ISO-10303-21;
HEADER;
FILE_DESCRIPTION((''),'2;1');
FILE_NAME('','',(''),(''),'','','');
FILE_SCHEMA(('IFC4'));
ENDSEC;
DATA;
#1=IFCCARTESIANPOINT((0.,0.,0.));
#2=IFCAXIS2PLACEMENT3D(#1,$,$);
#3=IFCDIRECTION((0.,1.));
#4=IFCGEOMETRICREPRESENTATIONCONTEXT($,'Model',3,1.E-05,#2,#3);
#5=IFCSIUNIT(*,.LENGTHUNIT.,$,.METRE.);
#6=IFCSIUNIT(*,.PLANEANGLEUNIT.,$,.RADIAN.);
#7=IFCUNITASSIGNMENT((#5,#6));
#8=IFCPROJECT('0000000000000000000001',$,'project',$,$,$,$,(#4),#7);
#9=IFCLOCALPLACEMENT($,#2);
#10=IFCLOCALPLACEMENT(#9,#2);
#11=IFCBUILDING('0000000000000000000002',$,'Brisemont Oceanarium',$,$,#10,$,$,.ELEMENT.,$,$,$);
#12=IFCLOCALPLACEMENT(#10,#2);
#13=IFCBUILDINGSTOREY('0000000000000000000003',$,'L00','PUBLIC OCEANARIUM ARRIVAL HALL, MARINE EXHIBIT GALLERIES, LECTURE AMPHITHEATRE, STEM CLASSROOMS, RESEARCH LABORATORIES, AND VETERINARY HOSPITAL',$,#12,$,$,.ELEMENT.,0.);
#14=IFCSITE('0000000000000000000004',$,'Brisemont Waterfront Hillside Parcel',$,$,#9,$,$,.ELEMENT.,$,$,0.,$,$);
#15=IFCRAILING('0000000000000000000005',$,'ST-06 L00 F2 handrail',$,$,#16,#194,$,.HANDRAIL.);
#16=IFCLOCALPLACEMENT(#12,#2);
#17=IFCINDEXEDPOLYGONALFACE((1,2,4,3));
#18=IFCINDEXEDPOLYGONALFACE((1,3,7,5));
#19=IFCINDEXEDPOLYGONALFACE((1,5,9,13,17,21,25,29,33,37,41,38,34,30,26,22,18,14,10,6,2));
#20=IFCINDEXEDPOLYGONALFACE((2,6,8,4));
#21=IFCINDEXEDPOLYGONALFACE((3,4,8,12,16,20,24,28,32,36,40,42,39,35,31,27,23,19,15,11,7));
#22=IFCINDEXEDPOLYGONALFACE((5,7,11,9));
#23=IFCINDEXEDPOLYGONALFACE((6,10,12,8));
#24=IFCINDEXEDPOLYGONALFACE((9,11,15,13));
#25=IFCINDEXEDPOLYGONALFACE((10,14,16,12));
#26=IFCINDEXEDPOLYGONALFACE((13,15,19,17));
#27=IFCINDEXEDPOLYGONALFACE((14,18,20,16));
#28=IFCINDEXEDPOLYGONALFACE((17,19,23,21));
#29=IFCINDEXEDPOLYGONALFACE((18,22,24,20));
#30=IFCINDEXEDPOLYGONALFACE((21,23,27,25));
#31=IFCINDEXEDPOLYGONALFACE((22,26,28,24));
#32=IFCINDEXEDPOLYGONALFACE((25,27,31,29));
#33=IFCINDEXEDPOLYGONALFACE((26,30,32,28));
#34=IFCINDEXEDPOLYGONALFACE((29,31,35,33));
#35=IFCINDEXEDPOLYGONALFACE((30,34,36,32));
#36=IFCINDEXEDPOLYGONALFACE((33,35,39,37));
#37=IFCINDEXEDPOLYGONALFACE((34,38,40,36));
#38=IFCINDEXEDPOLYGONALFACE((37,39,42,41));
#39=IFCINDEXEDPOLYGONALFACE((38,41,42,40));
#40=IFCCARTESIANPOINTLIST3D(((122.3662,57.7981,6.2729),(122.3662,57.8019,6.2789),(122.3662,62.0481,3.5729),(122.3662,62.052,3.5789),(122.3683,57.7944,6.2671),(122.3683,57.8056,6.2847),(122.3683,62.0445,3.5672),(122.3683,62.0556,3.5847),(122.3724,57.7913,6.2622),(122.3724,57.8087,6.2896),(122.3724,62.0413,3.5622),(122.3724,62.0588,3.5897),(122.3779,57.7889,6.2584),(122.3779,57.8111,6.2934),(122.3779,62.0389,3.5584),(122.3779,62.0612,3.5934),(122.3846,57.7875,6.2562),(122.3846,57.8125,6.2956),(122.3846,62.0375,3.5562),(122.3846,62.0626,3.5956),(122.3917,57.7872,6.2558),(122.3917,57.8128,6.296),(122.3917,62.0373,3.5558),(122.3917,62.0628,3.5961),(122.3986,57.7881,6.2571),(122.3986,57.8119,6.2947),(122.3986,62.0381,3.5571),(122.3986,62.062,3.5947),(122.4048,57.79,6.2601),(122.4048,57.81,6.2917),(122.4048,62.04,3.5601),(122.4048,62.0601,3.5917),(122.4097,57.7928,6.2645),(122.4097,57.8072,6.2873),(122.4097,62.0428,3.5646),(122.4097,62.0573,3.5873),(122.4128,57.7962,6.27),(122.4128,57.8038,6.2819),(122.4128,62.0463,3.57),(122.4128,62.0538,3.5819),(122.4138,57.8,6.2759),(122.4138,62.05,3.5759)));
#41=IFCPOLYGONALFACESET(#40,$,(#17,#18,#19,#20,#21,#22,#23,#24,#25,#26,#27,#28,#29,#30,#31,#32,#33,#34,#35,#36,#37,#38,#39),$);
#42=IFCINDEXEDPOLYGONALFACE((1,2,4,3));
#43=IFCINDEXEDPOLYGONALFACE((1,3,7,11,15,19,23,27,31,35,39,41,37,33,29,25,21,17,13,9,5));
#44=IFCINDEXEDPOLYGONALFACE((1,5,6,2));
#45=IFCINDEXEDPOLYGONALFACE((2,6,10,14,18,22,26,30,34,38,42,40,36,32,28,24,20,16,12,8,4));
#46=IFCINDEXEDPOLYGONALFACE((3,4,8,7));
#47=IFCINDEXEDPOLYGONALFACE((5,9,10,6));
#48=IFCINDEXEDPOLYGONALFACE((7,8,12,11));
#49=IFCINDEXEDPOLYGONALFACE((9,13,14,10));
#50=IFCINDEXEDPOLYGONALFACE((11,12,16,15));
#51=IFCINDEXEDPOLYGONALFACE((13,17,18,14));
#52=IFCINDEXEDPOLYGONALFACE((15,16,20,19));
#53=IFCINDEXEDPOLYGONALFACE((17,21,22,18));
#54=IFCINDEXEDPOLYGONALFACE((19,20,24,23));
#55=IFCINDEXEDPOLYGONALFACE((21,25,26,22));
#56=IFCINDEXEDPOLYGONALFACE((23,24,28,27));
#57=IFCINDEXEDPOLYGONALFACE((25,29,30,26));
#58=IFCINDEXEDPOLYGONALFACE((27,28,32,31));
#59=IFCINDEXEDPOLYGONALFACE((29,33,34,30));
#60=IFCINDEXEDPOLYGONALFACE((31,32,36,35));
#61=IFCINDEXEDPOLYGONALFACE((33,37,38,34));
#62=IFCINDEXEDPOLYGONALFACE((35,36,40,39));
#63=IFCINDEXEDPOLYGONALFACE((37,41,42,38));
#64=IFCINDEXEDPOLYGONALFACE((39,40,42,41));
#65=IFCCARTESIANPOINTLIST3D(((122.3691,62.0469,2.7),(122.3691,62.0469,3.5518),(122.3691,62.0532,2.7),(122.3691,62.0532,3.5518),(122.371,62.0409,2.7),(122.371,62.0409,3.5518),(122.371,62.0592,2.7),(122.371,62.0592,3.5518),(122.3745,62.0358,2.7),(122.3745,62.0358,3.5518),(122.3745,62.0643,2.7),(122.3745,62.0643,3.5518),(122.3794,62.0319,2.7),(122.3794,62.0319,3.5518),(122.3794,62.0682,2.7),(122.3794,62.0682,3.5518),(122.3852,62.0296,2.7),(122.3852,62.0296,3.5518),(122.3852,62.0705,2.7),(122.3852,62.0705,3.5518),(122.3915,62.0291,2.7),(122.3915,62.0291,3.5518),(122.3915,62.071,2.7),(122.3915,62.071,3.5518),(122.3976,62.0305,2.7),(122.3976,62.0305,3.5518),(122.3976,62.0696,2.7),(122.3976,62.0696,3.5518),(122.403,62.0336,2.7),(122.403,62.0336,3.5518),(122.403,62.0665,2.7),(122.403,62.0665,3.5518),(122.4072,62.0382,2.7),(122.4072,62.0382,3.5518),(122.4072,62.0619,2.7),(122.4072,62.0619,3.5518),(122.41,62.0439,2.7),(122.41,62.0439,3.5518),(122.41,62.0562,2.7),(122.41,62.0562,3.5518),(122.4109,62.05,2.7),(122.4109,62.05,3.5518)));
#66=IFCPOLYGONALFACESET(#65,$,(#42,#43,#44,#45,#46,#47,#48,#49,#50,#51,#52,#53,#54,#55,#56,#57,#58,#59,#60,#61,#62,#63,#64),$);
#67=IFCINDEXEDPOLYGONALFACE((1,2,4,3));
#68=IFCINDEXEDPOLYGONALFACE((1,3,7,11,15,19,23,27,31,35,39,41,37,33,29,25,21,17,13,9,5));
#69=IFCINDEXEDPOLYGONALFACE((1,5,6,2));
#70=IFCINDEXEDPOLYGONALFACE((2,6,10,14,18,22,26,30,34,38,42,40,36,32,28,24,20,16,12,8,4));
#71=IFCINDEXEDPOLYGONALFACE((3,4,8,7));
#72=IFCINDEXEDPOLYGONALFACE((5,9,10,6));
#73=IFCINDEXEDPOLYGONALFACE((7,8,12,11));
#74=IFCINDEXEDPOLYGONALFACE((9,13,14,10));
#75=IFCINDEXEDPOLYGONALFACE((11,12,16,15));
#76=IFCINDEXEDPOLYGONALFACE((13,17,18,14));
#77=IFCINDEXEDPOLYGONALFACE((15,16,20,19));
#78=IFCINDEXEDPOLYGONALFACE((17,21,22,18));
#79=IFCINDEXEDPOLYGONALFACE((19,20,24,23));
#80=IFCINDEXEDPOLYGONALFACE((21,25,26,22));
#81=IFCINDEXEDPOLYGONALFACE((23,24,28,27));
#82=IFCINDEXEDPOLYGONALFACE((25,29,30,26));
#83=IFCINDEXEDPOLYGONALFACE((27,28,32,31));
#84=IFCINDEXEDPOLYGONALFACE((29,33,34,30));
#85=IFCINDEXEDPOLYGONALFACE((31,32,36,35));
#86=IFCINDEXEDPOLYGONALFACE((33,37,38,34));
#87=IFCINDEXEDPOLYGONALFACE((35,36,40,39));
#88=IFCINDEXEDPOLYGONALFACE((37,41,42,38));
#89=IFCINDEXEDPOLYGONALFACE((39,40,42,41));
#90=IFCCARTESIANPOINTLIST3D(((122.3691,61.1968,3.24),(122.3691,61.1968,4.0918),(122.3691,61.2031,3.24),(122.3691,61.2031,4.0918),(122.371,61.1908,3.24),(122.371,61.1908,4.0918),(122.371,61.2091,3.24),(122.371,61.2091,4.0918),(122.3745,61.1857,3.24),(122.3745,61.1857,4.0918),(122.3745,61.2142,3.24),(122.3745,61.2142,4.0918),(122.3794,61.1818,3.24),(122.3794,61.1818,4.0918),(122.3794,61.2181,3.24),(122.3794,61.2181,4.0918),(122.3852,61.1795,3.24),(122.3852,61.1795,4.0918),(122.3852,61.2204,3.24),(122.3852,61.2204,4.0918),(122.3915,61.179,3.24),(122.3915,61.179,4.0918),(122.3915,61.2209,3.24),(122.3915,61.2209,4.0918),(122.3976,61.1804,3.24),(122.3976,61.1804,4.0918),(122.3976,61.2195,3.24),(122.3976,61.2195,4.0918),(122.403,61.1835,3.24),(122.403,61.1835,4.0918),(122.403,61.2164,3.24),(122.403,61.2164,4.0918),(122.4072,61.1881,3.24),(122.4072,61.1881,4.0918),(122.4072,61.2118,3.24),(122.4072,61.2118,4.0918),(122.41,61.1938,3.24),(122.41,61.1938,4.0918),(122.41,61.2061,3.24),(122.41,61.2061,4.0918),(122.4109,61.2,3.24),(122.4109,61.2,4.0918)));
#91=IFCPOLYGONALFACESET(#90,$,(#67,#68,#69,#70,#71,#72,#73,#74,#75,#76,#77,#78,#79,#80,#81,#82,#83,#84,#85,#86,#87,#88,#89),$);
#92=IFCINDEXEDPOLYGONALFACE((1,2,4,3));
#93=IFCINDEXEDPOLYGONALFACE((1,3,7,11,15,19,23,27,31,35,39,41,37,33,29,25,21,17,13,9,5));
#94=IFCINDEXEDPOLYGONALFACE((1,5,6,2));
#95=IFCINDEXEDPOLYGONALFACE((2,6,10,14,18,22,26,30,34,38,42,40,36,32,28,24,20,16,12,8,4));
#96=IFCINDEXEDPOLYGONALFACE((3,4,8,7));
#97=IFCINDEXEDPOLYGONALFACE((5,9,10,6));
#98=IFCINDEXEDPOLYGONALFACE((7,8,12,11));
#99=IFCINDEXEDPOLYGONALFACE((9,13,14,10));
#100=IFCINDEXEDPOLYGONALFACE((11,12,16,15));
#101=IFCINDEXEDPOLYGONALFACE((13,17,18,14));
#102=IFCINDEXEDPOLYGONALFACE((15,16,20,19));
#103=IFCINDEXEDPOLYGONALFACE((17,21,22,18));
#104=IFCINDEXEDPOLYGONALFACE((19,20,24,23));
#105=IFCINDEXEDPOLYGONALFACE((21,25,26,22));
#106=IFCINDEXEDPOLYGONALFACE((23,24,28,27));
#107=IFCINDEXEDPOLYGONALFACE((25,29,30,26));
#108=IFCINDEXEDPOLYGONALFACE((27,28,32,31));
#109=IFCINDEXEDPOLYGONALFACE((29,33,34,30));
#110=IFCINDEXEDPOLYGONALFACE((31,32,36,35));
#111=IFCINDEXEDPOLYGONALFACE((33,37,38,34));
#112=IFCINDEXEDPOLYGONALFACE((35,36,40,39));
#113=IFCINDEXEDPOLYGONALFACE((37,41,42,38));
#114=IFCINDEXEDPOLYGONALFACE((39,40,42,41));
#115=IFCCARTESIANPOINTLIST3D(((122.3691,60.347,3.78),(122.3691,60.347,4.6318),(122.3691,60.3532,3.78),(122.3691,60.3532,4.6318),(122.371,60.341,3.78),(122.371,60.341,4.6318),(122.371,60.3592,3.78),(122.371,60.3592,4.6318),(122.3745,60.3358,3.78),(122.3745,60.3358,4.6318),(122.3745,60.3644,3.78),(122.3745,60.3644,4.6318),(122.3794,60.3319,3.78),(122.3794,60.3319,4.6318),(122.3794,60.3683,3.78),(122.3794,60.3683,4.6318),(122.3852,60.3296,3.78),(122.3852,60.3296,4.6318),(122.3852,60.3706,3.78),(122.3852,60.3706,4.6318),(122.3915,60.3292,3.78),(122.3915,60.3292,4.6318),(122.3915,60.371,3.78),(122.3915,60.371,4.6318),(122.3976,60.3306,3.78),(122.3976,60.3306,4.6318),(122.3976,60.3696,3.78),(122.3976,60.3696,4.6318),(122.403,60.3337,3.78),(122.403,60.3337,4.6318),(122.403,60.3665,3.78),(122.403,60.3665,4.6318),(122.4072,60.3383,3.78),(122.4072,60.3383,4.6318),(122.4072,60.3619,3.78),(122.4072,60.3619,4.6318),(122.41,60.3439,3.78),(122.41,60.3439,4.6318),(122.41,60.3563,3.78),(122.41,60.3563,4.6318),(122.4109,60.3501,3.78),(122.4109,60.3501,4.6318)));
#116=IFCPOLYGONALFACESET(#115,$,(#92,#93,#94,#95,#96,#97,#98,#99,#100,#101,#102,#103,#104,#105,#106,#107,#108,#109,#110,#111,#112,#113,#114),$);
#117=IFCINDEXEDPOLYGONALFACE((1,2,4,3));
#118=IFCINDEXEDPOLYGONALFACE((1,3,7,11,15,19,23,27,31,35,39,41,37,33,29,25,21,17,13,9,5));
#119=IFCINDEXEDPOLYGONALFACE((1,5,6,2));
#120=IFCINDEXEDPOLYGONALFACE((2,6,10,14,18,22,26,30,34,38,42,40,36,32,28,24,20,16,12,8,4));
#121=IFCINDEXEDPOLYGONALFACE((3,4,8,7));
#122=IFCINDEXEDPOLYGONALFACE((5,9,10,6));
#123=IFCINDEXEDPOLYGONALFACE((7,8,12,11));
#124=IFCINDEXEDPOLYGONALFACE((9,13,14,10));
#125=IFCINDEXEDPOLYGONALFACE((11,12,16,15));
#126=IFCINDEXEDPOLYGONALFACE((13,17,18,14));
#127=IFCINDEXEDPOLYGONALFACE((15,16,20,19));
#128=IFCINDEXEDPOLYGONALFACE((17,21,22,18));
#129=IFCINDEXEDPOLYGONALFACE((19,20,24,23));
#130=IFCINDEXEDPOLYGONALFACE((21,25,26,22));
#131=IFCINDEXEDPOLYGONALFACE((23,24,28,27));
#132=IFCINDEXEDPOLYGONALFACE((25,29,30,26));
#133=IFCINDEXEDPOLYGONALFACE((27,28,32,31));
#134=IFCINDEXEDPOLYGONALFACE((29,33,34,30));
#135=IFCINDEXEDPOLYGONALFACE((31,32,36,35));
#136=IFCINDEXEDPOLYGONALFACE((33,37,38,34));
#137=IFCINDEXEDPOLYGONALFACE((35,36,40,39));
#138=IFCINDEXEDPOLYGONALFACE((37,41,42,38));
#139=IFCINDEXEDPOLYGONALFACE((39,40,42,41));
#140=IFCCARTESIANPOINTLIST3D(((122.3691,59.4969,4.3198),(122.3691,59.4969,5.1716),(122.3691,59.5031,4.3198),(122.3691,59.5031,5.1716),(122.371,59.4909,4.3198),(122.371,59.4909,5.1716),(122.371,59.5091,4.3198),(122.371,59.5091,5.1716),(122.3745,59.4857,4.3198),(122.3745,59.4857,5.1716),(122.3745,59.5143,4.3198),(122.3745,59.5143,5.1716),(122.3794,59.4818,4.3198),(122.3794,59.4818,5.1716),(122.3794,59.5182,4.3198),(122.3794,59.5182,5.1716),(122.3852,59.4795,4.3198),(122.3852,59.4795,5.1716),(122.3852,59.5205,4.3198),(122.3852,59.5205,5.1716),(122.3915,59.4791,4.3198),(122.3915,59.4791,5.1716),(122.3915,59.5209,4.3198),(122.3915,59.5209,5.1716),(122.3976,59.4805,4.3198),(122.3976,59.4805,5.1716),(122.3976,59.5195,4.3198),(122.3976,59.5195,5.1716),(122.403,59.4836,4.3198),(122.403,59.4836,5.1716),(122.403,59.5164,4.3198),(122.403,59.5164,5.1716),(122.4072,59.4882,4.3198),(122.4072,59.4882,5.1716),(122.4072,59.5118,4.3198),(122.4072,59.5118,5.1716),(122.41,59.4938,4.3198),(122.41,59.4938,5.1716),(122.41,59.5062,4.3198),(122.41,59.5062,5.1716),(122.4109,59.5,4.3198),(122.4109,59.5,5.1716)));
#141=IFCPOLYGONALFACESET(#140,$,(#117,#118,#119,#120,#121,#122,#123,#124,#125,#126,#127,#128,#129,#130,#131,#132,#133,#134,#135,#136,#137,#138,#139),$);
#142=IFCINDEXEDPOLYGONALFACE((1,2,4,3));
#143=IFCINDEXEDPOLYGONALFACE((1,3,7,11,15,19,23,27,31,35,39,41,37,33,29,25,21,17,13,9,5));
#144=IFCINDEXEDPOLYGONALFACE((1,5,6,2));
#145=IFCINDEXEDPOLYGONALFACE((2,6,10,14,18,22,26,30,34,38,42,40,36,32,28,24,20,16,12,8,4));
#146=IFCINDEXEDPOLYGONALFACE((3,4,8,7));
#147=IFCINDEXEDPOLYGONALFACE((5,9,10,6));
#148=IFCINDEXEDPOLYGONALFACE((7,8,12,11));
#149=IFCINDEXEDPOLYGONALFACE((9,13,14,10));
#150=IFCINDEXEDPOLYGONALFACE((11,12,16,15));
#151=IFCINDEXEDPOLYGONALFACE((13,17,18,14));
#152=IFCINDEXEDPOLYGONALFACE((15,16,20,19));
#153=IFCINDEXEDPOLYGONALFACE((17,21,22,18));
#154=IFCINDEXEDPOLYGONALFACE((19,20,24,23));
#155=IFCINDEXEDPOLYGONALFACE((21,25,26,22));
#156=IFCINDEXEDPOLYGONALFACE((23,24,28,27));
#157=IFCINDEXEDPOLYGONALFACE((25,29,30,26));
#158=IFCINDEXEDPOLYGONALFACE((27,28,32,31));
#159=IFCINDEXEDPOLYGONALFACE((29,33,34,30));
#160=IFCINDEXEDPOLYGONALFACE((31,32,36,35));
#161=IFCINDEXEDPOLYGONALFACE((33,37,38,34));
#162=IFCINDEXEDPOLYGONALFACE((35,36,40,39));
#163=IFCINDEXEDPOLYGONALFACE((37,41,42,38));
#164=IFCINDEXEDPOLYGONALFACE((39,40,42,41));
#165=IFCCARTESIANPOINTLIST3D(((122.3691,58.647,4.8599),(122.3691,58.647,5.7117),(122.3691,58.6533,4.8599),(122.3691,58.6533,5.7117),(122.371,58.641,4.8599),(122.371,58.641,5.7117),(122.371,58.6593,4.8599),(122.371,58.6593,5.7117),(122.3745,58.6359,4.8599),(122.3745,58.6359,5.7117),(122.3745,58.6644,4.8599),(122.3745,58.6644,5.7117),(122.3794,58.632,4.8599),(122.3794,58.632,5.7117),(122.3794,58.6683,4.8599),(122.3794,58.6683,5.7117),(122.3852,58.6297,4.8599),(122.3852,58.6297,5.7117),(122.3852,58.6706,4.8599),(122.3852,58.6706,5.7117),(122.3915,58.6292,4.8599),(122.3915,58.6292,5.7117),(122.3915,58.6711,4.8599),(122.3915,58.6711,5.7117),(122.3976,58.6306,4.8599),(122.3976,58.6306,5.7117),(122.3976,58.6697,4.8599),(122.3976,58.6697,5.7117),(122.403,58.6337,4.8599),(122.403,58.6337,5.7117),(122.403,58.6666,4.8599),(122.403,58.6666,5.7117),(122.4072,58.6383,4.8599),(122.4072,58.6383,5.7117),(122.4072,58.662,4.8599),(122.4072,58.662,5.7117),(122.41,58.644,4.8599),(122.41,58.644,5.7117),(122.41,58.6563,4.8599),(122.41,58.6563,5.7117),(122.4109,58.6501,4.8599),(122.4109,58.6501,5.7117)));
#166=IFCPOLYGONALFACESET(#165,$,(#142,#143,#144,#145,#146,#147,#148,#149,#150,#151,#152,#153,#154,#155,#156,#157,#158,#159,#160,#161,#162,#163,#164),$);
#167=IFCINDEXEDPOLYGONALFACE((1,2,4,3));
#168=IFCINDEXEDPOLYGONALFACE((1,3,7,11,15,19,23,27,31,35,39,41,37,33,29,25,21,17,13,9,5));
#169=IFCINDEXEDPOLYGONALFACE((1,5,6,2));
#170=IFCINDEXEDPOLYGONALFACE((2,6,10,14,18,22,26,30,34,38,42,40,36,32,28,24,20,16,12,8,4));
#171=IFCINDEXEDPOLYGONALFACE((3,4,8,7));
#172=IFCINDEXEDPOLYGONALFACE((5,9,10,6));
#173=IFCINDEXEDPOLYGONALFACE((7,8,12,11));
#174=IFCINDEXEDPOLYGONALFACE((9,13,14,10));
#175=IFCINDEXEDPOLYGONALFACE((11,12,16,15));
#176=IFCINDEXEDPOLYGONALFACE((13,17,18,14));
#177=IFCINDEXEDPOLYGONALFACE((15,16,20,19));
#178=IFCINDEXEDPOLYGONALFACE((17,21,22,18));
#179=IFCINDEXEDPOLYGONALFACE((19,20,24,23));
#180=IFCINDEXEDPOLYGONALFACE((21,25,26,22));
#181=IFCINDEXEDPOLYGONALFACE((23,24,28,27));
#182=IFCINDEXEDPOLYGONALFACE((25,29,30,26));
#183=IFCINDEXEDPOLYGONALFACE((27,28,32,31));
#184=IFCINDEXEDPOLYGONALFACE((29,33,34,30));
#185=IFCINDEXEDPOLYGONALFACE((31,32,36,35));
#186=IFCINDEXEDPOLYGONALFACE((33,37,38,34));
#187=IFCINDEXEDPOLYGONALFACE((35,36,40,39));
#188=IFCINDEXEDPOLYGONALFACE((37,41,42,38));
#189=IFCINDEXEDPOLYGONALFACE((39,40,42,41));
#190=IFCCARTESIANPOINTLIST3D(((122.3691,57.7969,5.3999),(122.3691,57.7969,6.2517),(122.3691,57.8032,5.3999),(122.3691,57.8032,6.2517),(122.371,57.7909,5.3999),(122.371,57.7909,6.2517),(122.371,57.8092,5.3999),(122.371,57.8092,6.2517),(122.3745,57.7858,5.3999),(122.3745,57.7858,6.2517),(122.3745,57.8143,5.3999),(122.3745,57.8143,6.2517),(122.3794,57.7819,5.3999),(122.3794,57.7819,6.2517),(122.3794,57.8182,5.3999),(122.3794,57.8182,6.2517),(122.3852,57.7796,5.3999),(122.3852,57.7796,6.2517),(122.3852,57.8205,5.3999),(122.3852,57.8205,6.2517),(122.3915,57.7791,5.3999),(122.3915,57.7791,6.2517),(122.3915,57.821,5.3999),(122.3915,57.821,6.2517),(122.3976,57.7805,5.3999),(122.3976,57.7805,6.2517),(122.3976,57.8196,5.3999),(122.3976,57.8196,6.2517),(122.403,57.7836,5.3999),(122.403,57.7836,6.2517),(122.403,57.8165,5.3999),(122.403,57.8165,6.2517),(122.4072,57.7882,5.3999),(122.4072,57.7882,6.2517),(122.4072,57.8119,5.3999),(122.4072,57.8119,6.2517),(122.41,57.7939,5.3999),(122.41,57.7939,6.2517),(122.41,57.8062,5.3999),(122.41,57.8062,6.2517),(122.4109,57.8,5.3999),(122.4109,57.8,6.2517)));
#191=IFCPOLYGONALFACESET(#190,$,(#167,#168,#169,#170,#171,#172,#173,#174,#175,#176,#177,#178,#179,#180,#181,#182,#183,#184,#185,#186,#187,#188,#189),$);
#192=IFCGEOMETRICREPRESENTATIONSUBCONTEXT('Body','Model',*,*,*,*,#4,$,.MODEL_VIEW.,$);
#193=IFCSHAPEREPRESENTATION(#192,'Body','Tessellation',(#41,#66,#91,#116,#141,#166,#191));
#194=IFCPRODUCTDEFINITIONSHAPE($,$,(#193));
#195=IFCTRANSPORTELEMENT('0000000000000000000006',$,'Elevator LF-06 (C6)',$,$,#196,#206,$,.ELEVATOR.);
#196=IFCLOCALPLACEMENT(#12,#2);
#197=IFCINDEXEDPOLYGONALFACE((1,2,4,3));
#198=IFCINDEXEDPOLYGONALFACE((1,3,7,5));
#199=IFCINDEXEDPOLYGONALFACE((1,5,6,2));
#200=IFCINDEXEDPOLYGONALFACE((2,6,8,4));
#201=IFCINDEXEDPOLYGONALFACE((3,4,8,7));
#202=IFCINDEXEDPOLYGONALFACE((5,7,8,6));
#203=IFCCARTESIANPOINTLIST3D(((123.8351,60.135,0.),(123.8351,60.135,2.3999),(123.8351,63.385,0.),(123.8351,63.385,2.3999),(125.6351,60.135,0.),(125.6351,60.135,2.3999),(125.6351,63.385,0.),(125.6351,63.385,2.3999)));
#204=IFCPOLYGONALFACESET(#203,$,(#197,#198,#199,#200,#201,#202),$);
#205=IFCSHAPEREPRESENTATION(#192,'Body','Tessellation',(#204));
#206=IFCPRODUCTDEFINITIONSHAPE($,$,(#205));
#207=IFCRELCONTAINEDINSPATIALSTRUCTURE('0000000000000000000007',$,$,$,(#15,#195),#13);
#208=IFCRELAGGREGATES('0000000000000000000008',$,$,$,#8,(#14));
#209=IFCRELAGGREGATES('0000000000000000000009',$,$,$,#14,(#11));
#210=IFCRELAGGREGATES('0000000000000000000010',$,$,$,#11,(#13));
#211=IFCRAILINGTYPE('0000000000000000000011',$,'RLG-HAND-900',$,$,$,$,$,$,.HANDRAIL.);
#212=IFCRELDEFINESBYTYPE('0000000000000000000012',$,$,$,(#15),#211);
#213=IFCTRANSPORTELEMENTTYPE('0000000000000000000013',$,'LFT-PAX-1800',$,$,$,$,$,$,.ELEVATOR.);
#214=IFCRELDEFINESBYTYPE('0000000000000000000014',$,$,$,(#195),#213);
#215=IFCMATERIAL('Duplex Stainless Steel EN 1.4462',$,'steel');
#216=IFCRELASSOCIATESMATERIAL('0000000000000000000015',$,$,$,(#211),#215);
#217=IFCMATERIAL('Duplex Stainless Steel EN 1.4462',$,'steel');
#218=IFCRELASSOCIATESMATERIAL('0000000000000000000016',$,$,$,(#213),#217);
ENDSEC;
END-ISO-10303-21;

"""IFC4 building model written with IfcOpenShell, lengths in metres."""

from ifc_helpers import new_model, si_unit, direction, frame, origin, origin_2d, place, context, subcontext, project, spatial, rectangle, circle, extrude, material, type_object, element, save


model = new_model("IFC4")

# Units and contexts
model_context = context("Model", 3, precision=1e-05, world=origin(), true_north=direction((0.0, 1.0)))
body_context = subcontext(model_context, "Body", "Model", "MODEL_VIEW")
ifc_project = project(units=[si_unit("LENGTHUNIT", "METRE"), si_unit("PLANEANGLEUNIT", "RADIAN")], contexts=[model_context])

# Site, building, storey
site_placement = place(None, origin())
site = spatial("IfcSite", under=ifc_project, at=site_placement, Name="Brisemont Waterfront Hillside Parcel", CompositionType="ELEMENT", RefElevation=0.0)
building_placement = place(site_placement, origin())
building = spatial("IfcBuilding", under=site, at=building_placement, Name="Brisemont Oceanarium", CompositionType="ELEMENT")
storey_placement = place(building_placement, origin())
storey = spatial("IfcBuildingStorey", under=building, at=storey_placement, Name="L00", Description="PUBLIC OCEANARIUM ARRIVAL HALL, MARINE EXHIBIT GALLERIES, LECTURE AMPHITHEATRE, STEM CLASSROOMS, RESEARCH LABORATORIES, AND VETERINARY HOSPITAL", CompositionType="ELEMENT", Elevation=0.0)

# Railing
ifc_material_1 = material(Name="Duplex Stainless Steel EN 1.4462", Category="steel")
railing_type_1 = type_object("IfcRailingType", Name="RLG-HAND-900", PredefinedType="HANDRAIL", material=ifc_material_1)
railing_1_placement = place(storey_placement, frame((122.3899, 62.05, 2.7)))
element("IfcRailing", 1, at=railing_1_placement, inside=storey, type_object=railing_type_1, Name="ST-06 L00 F2 handrail", PredefinedType="HANDRAIL", context=body_context, shape_type="SweptSolid", body=[
    extrude(circle(Radius=0.0239, at=origin_2d()), frame((0.0, 0.0, 0.876), z_axis=(0.0, -0.844075, 0.536226), x_axis=(1.0, 0.0, 0.0)), (0.0, 0.0, 1.0), 5.0352),
    extrude(circle(Radius=0.021, at=origin_2d()), origin(), (0.0, 0.0, 1.0), 0.8518),
    extrude(circle(Radius=0.021, at=origin_2d()), frame((0.0, -0.8501, 0.54)), (0.0, 0.0, 1.0), 0.8518),
    extrude(circle(Radius=0.021, at=origin_2d()), frame((0.0, -1.7, 1.0801)), (0.0, 0.0, 1.0), 0.8518),
    extrude(circle(Radius=0.021, at=origin_2d()), frame((0.0, -2.55, 1.6199)), (0.0, 0.0, 1.0), 0.8518),
    extrude(circle(Radius=0.021, at=origin_2d()), frame((0.0, -3.3999, 2.1599)), (0.0, 0.0, 1.0), 0.8518),
    extrude(circle(Radius=0.021, at=origin_2d()), frame((0.0, -4.25, 2.7)), (0.0, 0.0, 1.0), 0.8518),
])

# Transport element
ifc_material_2 = material(Name="Duplex Stainless Steel EN 1.4462", Category="steel")
transport_element_type = type_object("IfcTransportElementType", Name="LFT-PAX-1800", PredefinedType="ELEVATOR", material=ifc_material_2)
transport_element_placement = place(storey_placement, frame((124.7351, 61.76, 0.0), z_axis=(0.0, 0.0, 1.0), x_axis=(1.0, 0.0, 0.0)))
element("IfcTransportElement", 2, at=transport_element_placement, inside=storey, type_object=transport_element_type, Name="Elevator LF-06 (C6)", PredefinedType="ELEVATOR", context=body_context, shape_type="SweptSolid", body=[
    extrude(rectangle(XDim=1.8, YDim=3.25, at=origin_2d()), origin(), (0.0, 0.0, 1.0), 2.3999),
])

save(model, "model.ifc")
